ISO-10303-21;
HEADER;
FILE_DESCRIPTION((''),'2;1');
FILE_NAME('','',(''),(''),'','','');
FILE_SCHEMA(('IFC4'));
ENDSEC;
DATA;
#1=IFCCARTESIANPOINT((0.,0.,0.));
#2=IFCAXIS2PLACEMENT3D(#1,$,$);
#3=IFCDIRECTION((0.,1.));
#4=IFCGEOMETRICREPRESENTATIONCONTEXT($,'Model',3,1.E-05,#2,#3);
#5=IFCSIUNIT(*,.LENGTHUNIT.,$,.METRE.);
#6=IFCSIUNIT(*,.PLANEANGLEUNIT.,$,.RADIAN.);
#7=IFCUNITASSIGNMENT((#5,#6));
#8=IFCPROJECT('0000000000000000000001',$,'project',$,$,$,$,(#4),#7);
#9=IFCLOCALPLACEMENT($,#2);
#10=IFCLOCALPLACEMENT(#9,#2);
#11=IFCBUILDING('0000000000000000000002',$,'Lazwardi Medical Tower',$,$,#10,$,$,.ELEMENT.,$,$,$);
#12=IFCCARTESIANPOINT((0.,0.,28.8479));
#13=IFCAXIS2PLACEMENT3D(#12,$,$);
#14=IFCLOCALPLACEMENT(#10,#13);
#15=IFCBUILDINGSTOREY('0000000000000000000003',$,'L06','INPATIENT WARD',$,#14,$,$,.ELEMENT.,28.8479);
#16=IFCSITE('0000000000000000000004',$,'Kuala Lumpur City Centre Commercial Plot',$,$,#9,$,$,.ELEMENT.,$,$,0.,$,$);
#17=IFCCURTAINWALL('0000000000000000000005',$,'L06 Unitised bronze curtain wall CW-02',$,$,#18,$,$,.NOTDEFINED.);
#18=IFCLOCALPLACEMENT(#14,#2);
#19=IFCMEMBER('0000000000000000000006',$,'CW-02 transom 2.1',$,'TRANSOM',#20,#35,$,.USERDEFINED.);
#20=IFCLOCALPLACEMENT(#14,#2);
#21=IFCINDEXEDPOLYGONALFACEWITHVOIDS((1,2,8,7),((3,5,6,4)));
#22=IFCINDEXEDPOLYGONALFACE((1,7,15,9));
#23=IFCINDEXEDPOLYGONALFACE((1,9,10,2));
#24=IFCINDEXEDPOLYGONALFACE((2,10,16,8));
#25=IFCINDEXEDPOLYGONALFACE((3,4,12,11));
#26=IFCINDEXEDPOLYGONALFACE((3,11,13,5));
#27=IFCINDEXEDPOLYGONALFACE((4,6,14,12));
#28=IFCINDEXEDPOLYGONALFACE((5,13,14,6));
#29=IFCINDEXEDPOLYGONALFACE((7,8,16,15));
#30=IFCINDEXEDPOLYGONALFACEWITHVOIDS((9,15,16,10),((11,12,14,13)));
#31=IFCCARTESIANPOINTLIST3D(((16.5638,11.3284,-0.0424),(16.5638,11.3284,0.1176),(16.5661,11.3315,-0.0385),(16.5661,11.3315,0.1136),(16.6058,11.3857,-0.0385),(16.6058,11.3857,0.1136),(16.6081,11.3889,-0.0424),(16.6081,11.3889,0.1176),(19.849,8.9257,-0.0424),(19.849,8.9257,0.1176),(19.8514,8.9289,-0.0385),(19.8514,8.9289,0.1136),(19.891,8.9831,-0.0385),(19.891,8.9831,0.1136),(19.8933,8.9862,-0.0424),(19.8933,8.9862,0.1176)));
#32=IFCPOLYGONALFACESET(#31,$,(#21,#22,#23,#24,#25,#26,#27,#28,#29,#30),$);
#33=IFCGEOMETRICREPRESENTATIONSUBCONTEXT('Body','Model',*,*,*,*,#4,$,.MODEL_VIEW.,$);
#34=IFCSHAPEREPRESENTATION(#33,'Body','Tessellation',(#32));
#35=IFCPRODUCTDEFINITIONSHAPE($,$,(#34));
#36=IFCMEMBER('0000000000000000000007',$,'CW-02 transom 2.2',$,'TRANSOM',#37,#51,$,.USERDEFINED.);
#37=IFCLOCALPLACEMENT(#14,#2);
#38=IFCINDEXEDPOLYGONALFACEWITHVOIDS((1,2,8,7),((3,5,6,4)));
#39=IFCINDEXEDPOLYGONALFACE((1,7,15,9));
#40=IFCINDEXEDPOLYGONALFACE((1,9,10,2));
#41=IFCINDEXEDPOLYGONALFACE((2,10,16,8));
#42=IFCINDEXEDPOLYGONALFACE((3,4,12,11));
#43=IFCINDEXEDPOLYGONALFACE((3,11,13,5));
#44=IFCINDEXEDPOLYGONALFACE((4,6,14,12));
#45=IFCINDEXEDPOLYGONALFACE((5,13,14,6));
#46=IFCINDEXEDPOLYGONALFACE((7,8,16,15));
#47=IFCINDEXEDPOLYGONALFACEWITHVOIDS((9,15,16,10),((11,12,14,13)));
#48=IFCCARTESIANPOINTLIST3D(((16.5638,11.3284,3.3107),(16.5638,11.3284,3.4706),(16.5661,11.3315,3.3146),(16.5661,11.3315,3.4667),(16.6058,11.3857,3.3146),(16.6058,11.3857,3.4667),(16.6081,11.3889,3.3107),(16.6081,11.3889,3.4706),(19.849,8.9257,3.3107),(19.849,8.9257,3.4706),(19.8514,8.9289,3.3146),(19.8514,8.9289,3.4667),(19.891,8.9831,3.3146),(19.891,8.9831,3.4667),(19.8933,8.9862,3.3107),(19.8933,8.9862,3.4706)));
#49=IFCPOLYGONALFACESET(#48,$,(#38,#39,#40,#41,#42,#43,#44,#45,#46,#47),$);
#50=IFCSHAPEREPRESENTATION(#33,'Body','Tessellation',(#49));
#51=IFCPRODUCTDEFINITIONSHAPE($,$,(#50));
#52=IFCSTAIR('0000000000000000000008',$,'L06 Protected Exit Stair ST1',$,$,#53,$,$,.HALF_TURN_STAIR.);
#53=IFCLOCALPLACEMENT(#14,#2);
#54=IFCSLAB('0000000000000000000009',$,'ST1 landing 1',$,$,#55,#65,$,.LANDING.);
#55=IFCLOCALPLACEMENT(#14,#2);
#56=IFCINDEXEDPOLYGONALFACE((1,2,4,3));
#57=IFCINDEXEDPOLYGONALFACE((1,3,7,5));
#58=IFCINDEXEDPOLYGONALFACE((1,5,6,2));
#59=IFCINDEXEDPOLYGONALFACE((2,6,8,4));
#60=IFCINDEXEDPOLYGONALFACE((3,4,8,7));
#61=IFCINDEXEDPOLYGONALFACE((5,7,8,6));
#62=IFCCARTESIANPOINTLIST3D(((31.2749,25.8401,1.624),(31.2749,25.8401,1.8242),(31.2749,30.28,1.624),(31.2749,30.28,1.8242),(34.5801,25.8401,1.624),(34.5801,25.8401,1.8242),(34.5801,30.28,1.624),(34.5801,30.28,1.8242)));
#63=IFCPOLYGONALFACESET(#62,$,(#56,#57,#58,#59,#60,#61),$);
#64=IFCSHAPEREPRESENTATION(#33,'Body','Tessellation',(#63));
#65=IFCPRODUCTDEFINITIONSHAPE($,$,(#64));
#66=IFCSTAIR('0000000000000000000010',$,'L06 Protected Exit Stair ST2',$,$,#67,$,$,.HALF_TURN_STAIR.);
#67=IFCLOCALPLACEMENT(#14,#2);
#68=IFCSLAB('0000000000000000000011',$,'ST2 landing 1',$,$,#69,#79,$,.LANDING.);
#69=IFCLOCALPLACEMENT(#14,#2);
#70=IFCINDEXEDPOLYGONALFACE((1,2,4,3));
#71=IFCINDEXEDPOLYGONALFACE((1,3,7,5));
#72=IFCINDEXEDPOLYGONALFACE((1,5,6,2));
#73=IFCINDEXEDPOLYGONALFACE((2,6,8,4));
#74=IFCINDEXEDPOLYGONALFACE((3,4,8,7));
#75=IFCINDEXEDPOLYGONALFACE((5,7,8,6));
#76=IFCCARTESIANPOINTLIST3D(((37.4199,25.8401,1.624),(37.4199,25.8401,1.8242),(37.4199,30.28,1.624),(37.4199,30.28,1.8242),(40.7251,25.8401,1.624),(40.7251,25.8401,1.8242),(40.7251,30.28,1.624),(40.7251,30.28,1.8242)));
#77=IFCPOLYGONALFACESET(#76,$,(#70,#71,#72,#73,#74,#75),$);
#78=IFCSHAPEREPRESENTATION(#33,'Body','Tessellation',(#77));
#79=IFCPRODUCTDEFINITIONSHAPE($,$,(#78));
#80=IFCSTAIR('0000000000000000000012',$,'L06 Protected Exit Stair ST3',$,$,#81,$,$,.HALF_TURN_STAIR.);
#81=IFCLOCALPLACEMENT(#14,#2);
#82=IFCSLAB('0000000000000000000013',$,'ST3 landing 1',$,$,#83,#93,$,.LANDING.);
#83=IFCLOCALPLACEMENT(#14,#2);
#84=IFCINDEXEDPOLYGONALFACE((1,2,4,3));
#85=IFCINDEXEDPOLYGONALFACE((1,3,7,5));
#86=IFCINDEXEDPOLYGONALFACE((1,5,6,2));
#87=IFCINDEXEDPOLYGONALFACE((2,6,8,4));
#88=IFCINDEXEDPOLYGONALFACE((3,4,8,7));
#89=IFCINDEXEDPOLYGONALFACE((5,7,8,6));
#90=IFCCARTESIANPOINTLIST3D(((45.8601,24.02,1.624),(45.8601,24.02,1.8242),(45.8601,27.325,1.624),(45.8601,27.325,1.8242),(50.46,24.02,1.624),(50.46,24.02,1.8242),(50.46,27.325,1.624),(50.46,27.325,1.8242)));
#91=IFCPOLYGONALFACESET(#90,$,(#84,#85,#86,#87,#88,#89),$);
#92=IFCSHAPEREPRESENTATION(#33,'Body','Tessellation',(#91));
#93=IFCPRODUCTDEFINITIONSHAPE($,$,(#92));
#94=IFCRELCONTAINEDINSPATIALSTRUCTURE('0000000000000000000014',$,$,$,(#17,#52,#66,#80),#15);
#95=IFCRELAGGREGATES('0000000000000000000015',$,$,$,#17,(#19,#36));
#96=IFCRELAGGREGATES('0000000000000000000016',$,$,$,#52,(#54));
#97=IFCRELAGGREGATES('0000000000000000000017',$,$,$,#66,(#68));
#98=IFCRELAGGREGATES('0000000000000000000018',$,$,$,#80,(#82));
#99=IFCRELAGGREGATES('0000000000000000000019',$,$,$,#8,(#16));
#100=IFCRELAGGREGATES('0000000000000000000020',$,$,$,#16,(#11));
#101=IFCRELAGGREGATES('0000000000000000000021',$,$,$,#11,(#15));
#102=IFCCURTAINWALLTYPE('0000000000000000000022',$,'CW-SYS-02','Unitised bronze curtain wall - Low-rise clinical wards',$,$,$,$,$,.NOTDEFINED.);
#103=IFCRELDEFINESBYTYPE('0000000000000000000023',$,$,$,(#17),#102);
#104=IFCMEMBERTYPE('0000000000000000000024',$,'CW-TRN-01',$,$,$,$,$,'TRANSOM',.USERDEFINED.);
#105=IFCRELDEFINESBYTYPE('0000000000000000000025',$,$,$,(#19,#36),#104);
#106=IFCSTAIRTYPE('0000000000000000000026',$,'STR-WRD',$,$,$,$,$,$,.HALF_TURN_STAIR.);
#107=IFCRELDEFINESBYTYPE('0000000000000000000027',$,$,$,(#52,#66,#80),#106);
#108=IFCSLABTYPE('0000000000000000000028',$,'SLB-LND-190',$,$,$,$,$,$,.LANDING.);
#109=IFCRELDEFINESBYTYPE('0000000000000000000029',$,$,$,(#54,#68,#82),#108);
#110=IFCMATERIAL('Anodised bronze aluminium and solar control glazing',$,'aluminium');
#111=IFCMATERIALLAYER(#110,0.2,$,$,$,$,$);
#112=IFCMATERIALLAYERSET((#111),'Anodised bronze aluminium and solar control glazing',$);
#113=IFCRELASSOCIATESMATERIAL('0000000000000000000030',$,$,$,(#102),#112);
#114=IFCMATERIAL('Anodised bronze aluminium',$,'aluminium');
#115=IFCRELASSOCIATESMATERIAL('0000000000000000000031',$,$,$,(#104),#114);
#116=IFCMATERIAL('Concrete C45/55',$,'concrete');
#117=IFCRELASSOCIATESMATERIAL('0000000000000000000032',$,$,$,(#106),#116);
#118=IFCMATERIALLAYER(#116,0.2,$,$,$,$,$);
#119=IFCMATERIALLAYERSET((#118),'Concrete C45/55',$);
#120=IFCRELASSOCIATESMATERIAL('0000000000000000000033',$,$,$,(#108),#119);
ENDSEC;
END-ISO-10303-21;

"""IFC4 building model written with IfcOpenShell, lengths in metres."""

from ifc_helpers import new_model, si_unit, direction, frame, origin, origin_2d, place, context, subcontext, project, spatial, polyline, hollow_rectangle, outline, extrude, material, layer, layer_set, material_profile, profile_set, type_object, element, aggregate, save


model = new_model("IFC4")

# Units and contexts
model_context = context("Model", 3, precision=1e-05, world=origin(), true_north=direction((0.0, 1.0)))
body_context = subcontext(model_context, "Body", "Model", "MODEL_VIEW")
ifc_project = project(units=[si_unit("LENGTHUNIT", "METRE"), si_unit("PLANEANGLEUNIT", "RADIAN")], contexts=[model_context])

# Site, building, storey
site_placement = place(None, origin())
site = spatial("IfcSite", under=ifc_project, at=site_placement, Name="Kuala Lumpur City Centre Commercial Plot", CompositionType="ELEMENT", RefElevation=0.0)
building_placement = place(site_placement, origin())
building = spatial("IfcBuilding", under=site, at=building_placement, Name="Lazwardi Medical Tower", CompositionType="ELEMENT")
storey_placement = place(building_placement, frame((0.0, 0.0, 28.8479)))
storey = spatial("IfcBuildingStorey", under=building, at=storey_placement, Name="L06", Description="INPATIENT WARD", CompositionType="ELEMENT", Elevation=28.8479)

# Curtain wall, members
ifc_material_1 = material(Name="Anodised bronze aluminium and solar control glazing", Category="aluminium")
ifc_layer_1 = layer(ifc_material_1, 0.2)
ifc_layer_set_1 = layer_set([ifc_layer_1], Name="Anodised bronze aluminium and solar control glazing")
curtain_wall_type = type_object("IfcCurtainWallType", Name="CW-SYS-02", Description="Unitised bronze curtain wall - Low-rise clinical wards", PredefinedType="NOTDEFINED", material=ifc_layer_set_1)
curtain_wall_placement = place(storey_placement, origin())
curtain_wall = element("IfcCurtainWall", 1, at=curtain_wall_placement, inside=storey, type_object=curtain_wall_type, Name="L06 Unitised bronze curtain wall CW-02", PredefinedType="NOTDEFINED")
ifc_material_2 = material(Name="Anodised bronze aluminium", Category="aluminium")
ifc_material_profile = material_profile(ifc_material_2, hollow_rectangle(XDim=0.075, YDim=0.1599, WallThickness=0.0039, at=origin_2d()), Name="ALU-TRANSOM 160x75x4")
ifc_profile_set = profile_set([ifc_material_profile], Name="Anodised bronze aluminium")
member_type = type_object("IfcMemberType", Name="CW-TRN-01", ElementType="TRANSOM", PredefinedType="USERDEFINED", material=ifc_profile_set)
member_1_placement = place(storey_placement, frame((16.5859, 11.3586, 0.0376), z_axis=(0.807169, -0.59032, 0.0), x_axis=(0.59032, 0.807169, 0.0)))
member_1 = element("IfcMember", 2, at=member_1_placement, type_object=member_type, Name="CW-02 transom 2.1", ObjectType="TRANSOM", PredefinedType="USERDEFINED", context=body_context, shape_type="SweptSolid", body=[
    extrude(hollow_rectangle(XDim=0.075, YDim=0.1599, WallThickness=0.0039, at=origin_2d()), origin(), (0.0, 0.0, 1.0), 4.0701),
])
member_2_placement = place(storey_placement, frame((16.5859, 11.3586, 3.3906), z_axis=(0.807169, -0.59032, 0.0), x_axis=(0.59032, 0.807169, 0.0)))
member_2 = element("IfcMember", 3, at=member_2_placement, type_object=member_type, Name="CW-02 transom 2.2", ObjectType="TRANSOM", PredefinedType="USERDEFINED", context=body_context, shape_type="SweptSolid", body=[
    extrude(hollow_rectangle(XDim=0.075, YDim=0.1599, WallThickness=0.0039, at=origin_2d()), origin(), (0.0, 0.0, 1.0), 4.0701),
])
aggregate(curtain_wall, [member_1, member_2])

# Stairs, slabs
ifc_material_3 = material(Name="Concrete C45/55", Category="concrete")
stair_type = type_object("IfcStairType", Name="STR-WRD", PredefinedType="HALF_TURN_STAIR", material=ifc_material_3)
stair_1_placement = place(storey_placement, origin())
stair_1 = element("IfcStair", 4, at=stair_1_placement, inside=storey, type_object=stair_type, Name="L06 Protected Exit Stair ST1", PredefinedType="HALF_TURN_STAIR")
ifc_layer_2 = layer(ifc_material_3, 0.2)
ifc_layer_set_2 = layer_set([ifc_layer_2], Name="Concrete C45/55")
slab_type_1 = type_object("IfcSlabType", Name="SLB-LND-190", PredefinedType="LANDING", material=ifc_layer_set_2)
slab_1_placement = place(storey_placement, frame((0.0, 0.0, 1.624)))
slab_1 = element("IfcSlab", 5, at=slab_1_placement, type_object=slab_type_1, Name="ST1 landing 1", PredefinedType="LANDING", context=body_context, shape_type="SweptSolid", body=[
    extrude(outline(polyline([(31.2749, 25.8401), (34.5801, 25.8401), (34.5801, 30.28), (31.2749, 30.28), (31.2749, 25.8401)])), origin(), (0.0, 0.0, 1.0), 0.2002),
])
aggregate(stair_1, [slab_1])
stair_2_placement = place(storey_placement, origin())
stair_2 = element("IfcStair", 6, at=stair_2_placement, inside=storey, type_object=stair_type, Name="L06 Protected Exit Stair ST2", PredefinedType="HALF_TURN_STAIR")
slab_2_placement = place(storey_placement, frame((0.0, 0.0, 1.624)))
slab_2 = element("IfcSlab", 7, at=slab_2_placement, type_object=slab_type_1, Name="ST2 landing 1", PredefinedType="LANDING", context=body_context, shape_type="SweptSolid", body=[
    extrude(outline(polyline([(40.7251, 30.28), (37.4199, 30.28), (37.4199, 25.8401), (40.7251, 25.8401), (40.7251, 30.28)])), origin(), (0.0, 0.0, 1.0), 0.2002),
])
aggregate(stair_2, [slab_2])
stair_3_placement = place(storey_placement, origin())
stair_3 = element("IfcStair", 8, at=stair_3_placement, inside=storey, type_object=stair_type, Name="L06 Protected Exit Stair ST3", PredefinedType="HALF_TURN_STAIR")
slab_3_placement = place(storey_placement, frame((0.0, 0.0, 1.624)))
slab_3 = element("IfcSlab", 9, at=slab_3_placement, type_object=slab_type_1, Name="ST3 landing 1", PredefinedType="LANDING", context=body_context, shape_type="SweptSolid", body=[
    extrude(outline(polyline([(45.8601, 27.325), (45.8601, 24.02), (50.46, 24.02), (50.46, 27.325), (45.8601, 27.325)])), origin(), (0.0, 0.0, 1.0), 0.2002),
])
aggregate(stair_3, [slab_3])

save(model, "model.ifc")
